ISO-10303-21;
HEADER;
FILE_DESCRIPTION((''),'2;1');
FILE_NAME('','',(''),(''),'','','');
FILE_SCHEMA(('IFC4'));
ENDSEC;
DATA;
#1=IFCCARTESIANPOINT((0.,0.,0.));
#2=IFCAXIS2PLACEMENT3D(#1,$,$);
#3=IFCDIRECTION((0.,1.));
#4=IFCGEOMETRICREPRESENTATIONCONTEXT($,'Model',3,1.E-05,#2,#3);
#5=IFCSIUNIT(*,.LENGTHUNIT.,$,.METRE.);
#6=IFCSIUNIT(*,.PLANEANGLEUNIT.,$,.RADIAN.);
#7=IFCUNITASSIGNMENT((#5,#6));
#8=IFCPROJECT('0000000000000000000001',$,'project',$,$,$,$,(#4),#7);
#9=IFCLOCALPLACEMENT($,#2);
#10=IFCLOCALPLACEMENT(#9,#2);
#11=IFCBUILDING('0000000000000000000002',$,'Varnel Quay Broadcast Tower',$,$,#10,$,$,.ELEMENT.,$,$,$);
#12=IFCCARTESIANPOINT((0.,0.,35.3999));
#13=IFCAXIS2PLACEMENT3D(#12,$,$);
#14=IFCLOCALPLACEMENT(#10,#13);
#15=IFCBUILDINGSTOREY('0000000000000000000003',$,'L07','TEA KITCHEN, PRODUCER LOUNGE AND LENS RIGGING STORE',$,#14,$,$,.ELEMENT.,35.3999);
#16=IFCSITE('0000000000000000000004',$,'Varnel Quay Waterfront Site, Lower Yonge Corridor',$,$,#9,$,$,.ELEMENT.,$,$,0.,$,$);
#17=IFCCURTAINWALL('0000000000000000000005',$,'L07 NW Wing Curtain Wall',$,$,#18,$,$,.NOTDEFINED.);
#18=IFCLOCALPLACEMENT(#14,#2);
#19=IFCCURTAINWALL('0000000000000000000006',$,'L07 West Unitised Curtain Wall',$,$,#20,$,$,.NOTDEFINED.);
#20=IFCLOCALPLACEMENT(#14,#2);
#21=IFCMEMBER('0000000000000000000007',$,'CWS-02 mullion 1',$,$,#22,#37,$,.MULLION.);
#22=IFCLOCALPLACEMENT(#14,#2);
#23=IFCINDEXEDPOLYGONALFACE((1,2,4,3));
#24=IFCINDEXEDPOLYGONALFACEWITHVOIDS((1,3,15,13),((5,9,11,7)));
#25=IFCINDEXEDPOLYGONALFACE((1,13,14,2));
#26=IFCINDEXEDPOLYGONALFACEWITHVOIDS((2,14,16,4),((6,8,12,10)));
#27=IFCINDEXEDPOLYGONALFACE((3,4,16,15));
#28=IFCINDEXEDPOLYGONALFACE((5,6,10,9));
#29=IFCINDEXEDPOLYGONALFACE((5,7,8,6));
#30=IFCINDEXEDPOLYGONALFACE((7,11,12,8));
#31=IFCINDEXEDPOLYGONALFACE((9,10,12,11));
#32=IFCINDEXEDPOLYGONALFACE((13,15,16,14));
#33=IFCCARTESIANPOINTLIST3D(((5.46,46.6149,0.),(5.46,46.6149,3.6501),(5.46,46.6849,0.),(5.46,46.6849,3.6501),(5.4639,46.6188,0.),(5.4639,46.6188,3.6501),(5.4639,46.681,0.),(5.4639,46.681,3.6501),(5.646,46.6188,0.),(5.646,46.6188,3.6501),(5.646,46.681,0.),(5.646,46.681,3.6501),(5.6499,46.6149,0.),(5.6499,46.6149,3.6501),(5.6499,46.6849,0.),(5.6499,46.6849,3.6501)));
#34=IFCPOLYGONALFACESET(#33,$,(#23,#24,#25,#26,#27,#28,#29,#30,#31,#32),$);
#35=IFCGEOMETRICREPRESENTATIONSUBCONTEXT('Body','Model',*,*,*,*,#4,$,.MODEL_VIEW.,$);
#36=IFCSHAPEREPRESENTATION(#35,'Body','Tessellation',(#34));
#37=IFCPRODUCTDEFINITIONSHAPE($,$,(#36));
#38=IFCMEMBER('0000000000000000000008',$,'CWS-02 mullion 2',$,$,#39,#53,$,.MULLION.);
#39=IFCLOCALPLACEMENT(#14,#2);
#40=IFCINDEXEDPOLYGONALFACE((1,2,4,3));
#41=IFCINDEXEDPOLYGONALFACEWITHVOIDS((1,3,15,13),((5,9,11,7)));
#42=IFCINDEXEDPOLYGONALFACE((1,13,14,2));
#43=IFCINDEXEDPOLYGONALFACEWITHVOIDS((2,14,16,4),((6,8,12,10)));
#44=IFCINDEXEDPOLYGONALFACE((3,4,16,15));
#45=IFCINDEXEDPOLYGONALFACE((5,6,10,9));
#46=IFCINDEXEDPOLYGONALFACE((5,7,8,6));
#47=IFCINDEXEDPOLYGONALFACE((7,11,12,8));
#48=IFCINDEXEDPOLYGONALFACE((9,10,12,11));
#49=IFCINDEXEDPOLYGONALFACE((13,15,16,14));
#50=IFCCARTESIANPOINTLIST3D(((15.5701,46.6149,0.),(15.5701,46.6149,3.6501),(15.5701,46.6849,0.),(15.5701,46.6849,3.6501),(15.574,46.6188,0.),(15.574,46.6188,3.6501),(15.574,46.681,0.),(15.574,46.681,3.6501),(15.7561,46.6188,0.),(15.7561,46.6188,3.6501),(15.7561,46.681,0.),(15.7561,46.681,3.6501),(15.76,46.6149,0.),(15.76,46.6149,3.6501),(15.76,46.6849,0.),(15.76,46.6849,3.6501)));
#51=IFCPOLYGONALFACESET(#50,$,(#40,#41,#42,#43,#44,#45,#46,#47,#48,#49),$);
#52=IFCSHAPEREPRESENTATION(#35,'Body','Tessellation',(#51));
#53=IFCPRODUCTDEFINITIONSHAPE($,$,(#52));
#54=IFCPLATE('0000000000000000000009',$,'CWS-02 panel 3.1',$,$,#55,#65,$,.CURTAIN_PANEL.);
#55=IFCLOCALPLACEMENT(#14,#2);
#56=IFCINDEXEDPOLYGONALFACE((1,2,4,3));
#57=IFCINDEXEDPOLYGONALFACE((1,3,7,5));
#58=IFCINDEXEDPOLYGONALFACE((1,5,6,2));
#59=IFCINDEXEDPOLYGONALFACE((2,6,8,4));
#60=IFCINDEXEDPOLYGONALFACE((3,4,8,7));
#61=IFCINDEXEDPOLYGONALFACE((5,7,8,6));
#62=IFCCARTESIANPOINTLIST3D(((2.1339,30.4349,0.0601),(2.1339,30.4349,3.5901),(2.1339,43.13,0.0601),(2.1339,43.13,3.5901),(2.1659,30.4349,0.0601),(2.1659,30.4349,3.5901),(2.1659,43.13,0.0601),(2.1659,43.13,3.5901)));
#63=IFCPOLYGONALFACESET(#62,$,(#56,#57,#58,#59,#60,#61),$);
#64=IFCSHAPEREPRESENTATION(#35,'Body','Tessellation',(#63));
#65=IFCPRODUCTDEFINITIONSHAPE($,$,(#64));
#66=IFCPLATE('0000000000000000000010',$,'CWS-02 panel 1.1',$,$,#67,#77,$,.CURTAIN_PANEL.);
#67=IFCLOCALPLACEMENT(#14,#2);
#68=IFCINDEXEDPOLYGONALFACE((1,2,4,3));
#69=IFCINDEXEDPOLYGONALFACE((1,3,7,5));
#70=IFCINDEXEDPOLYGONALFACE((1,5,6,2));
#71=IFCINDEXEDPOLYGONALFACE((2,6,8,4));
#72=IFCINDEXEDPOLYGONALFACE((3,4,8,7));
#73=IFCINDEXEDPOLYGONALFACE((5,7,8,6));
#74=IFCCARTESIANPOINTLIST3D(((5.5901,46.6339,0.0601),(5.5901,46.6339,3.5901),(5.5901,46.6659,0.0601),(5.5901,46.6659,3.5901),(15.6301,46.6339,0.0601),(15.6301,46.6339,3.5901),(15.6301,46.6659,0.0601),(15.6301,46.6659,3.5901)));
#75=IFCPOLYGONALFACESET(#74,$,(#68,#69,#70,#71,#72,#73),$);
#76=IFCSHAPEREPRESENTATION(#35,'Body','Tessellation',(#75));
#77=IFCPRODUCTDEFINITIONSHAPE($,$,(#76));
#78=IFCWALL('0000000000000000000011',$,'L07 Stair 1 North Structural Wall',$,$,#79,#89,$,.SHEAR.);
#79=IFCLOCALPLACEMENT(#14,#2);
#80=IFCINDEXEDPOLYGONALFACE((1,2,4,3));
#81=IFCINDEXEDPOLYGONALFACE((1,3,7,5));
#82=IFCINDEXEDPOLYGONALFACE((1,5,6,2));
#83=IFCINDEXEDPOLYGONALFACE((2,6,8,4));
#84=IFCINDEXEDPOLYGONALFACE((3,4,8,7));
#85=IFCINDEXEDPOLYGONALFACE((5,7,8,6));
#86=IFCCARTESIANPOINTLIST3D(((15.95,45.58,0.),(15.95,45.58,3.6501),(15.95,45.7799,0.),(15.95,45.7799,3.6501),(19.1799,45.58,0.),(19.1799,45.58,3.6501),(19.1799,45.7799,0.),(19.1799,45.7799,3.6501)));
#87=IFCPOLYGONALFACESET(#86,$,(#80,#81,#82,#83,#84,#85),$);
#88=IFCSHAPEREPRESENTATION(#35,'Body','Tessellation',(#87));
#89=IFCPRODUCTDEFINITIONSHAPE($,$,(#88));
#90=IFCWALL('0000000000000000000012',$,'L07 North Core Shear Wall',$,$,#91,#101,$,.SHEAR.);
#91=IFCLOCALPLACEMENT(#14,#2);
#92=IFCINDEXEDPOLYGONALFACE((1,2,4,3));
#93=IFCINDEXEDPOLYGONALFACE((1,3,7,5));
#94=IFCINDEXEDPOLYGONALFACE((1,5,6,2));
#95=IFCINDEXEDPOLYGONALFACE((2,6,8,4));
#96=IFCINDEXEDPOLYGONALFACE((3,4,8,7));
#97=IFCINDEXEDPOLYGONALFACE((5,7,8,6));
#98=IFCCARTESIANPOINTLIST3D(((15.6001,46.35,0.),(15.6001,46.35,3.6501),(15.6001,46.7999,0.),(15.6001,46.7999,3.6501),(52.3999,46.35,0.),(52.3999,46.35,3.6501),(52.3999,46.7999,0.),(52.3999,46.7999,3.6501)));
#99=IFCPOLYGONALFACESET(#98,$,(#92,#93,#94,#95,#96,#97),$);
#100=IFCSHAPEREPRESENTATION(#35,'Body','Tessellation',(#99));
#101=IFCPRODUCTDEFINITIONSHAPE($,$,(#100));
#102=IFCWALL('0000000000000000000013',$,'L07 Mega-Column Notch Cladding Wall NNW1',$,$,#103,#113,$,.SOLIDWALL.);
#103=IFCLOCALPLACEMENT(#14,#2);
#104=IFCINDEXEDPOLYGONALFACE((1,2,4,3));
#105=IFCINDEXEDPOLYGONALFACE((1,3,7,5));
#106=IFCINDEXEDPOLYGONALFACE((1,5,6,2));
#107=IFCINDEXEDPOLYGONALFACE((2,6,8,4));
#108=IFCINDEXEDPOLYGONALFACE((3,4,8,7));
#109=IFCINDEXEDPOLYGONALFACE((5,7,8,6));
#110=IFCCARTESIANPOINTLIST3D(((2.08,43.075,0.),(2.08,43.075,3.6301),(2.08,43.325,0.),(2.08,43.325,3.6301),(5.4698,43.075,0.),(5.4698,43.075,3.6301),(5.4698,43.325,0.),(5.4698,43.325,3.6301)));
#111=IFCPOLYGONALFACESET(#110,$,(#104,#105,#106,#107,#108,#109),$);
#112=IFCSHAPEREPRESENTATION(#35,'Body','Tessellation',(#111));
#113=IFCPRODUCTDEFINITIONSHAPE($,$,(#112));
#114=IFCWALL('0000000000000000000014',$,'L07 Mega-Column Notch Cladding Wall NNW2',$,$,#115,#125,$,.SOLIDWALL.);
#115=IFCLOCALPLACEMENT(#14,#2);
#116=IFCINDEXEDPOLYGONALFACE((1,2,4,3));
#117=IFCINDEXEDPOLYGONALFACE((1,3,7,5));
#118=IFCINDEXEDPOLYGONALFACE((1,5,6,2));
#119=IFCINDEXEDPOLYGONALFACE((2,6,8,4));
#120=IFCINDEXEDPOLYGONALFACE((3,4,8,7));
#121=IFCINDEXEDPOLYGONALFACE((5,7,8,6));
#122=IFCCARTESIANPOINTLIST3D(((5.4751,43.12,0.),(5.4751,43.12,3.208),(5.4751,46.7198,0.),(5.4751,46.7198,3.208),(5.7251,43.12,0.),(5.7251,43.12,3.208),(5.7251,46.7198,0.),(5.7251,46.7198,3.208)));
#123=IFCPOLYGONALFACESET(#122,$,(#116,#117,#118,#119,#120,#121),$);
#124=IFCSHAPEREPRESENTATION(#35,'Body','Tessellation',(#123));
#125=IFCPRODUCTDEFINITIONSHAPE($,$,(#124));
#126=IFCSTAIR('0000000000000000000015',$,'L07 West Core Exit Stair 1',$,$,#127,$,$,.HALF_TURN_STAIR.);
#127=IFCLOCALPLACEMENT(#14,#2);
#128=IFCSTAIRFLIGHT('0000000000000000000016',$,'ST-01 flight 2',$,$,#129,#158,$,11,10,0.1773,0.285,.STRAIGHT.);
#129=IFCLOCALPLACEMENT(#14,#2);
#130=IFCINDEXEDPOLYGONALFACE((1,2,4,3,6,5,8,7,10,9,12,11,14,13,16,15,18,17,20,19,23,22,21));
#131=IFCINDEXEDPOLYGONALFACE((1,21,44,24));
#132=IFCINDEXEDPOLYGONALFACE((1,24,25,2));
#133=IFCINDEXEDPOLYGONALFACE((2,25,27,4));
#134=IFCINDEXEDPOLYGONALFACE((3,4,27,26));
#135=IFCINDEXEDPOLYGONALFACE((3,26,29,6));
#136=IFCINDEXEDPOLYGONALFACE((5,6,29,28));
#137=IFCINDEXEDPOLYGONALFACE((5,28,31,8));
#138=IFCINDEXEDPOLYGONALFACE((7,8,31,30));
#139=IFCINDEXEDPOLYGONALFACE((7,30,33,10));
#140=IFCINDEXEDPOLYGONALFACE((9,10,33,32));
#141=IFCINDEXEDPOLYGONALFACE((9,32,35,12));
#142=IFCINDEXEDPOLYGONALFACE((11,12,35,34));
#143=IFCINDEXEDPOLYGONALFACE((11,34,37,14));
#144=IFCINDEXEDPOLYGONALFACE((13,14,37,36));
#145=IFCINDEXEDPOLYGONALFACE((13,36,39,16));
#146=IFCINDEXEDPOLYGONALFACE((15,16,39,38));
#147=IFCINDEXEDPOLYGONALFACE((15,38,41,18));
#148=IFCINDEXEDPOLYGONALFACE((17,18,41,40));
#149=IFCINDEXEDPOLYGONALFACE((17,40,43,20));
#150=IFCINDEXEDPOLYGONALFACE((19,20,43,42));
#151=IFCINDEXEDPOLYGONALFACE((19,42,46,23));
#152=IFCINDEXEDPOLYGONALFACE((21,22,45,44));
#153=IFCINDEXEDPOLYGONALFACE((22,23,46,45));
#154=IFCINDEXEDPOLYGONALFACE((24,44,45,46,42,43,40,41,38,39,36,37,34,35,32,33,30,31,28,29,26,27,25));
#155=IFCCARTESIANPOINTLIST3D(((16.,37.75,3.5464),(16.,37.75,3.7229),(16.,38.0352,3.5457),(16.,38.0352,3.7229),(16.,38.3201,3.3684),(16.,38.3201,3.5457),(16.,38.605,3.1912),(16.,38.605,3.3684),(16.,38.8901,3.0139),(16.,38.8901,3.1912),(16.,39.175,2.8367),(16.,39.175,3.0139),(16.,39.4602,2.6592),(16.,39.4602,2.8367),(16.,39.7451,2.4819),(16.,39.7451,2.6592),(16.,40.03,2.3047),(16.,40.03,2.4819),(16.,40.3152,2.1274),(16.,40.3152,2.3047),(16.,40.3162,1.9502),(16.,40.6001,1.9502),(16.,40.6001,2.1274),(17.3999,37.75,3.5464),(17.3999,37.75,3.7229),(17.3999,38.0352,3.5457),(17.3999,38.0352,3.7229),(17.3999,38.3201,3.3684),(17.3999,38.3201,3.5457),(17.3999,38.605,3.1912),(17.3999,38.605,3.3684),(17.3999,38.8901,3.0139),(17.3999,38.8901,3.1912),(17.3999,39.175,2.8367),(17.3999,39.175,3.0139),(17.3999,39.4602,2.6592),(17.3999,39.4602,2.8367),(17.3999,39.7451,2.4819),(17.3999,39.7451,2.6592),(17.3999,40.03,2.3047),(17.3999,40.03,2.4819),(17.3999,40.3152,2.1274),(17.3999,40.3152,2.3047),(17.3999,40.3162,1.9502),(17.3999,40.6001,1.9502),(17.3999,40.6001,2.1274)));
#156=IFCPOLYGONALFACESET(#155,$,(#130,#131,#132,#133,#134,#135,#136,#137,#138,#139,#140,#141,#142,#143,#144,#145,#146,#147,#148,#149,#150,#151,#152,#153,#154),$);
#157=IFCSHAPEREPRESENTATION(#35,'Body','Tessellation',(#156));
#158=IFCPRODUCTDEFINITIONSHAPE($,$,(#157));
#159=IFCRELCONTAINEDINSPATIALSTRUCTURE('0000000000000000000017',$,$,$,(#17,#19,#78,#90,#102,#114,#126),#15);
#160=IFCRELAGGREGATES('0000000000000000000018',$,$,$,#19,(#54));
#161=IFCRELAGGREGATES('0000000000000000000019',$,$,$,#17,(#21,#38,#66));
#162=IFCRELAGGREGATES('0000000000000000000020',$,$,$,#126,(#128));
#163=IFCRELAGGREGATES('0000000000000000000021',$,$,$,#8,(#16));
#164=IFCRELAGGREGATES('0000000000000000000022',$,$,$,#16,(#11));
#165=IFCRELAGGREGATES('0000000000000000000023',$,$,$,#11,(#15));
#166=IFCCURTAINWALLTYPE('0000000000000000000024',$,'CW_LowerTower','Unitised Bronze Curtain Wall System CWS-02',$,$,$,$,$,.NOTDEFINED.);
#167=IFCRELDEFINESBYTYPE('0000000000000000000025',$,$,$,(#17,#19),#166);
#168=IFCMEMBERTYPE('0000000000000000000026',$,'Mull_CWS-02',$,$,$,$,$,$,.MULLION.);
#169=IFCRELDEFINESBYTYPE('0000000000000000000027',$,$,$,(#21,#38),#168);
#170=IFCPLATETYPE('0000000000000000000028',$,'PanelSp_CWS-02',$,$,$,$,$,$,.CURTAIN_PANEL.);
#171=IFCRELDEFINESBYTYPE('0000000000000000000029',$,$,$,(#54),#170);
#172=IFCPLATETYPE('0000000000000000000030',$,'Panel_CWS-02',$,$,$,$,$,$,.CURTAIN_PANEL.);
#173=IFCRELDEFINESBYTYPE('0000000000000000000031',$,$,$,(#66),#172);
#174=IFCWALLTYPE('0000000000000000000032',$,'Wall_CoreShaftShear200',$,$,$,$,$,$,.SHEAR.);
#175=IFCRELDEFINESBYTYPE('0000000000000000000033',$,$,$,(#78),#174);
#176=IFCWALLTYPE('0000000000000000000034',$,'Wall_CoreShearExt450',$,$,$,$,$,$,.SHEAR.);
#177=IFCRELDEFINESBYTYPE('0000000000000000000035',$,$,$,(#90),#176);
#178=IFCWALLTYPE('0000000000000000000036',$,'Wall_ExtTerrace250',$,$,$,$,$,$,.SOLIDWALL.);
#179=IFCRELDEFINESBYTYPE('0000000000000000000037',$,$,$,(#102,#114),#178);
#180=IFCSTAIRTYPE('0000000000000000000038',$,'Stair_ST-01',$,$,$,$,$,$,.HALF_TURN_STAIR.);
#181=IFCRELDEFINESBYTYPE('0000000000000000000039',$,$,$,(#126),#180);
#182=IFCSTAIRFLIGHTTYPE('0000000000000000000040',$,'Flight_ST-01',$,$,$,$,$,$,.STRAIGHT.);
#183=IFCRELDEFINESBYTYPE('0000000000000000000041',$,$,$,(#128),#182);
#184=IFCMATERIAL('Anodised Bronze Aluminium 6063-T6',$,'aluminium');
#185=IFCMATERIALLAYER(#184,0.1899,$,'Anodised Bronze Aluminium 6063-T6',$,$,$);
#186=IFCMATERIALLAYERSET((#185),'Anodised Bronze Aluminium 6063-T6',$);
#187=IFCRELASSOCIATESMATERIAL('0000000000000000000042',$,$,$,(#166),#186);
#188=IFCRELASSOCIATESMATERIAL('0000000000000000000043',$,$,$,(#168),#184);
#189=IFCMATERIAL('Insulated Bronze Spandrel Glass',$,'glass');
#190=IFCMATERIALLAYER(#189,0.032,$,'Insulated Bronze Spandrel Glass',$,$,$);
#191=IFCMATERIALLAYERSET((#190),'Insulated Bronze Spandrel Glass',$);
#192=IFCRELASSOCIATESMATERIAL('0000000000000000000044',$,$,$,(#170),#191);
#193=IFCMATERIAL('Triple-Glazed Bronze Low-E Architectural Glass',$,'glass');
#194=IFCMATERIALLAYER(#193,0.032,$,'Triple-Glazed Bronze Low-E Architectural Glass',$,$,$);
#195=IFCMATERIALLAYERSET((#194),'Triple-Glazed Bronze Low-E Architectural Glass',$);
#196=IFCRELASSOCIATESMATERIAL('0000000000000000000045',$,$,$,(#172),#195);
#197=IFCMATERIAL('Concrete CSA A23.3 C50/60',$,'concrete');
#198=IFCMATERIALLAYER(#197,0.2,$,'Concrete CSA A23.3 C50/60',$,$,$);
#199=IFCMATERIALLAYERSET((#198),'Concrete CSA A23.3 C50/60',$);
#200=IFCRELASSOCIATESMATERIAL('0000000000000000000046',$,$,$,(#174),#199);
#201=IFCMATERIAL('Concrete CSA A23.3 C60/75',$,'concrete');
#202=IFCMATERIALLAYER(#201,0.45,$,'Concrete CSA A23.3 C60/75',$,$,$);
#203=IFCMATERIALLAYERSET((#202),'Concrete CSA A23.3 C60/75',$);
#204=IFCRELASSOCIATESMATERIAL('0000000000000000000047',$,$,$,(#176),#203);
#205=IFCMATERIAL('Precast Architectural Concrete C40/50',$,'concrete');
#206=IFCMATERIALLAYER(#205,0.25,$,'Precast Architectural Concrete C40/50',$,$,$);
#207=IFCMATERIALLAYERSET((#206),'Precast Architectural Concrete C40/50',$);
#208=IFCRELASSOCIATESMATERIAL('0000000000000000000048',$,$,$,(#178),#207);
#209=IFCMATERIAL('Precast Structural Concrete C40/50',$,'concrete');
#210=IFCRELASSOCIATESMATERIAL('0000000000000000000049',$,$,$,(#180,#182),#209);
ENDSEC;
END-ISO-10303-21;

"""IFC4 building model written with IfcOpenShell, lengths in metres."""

from ifc_helpers import new_model, si_unit, direction, frame, frame_2d, origin, origin_2d, place, context, subcontext, project, spatial, polyline, rectangle, hollow_rectangle, outline, extrude, source, transform, mapped, material, layer, layer_set, material_profile, profile_set, type_object, type_shapes, element, aggregate, save


model = new_model("IFC4")

# Units and contexts
model_context = context("Model", 3, precision=1e-05, world=origin(), true_north=direction((0.0, 1.0)))
body_context = subcontext(model_context, "Body", "Model", "MODEL_VIEW")
ifc_project = project(units=[si_unit("LENGTHUNIT", "METRE"), si_unit("PLANEANGLEUNIT", "RADIAN")], contexts=[model_context])

# Site, building, storey
site_placement = place(None, origin())
site = spatial("IfcSite", under=ifc_project, at=site_placement, Name="Varnel Quay Waterfront Site, Lower Yonge Corridor", CompositionType="ELEMENT", RefElevation=0.0)
building_placement = place(site_placement, origin())
building = spatial("IfcBuilding", under=site, at=building_placement, Name="Varnel Quay Broadcast Tower", CompositionType="ELEMENT")
storey_placement = place(building_placement, frame((0.0, 0.0, 35.3999)))
storey = spatial("IfcBuildingStorey", under=building, at=storey_placement, Name="L07", Description="TEA KITCHEN, PRODUCER LOUNGE AND LENS RIGGING STORE", CompositionType="ELEMENT", Elevation=35.3999)

# Curtain wall
ifc_material_1 = material(Name="Anodised Bronze Aluminium 6063-T6", Category="aluminium")
ifc_layer_1 = layer(ifc_material_1, 0.1899, Name="Anodised Bronze Aluminium 6063-T6")
ifc_layer_set_1 = layer_set([ifc_layer_1], Name="Anodised Bronze Aluminium 6063-T6")
curtain_wall_type = type_object("IfcCurtainWallType", Name="CW_LowerTower", Description="Unitised Bronze Curtain Wall System CWS-02", PredefinedType="NOTDEFINED", material=ifc_layer_set_1)
curtain_wall_1_placement = place(storey_placement, origin())
curtain_wall_1 = element("IfcCurtainWall", 1, at=curtain_wall_1_placement, inside=storey, type_object=curtain_wall_type, Name="L07 NW Wing Curtain Wall", PredefinedType="NOTDEFINED")

# Curtain wall
curtain_wall_2_placement = place(storey_placement, origin())
curtain_wall_2 = element("IfcCurtainWall", 2, at=curtain_wall_2_placement, inside=storey, type_object=curtain_wall_type, Name="L07 West Unitised Curtain Wall", PredefinedType="NOTDEFINED")
ifc_material_profile_1 = material_profile(ifc_material_1, hollow_rectangle(XDim=0.0701, YDim=0.1899, WallThickness=0.0039, at=origin_2d()), Name="ALU70X190X4")
ifc_profile_set_1 = profile_set([ifc_material_profile_1], Name="Anodised Bronze Aluminium 6063-T6")
member_type_1 = type_object("IfcMemberType", Name="Mull_CWS-02", PredefinedType="MULLION", material=ifc_profile_set_1)
shared_shape_1 = source(origin(), body_context, "Body", "SweptSolid", [
    extrude(hollow_rectangle(XDim=0.0701, YDim=0.1899, WallThickness=0.0039, at=origin_2d()), origin(), (0.0, 0.0, 1.0), 3.6501),
])
type_shapes(member_type_1, [shared_shape_1])

# Members
member_1_placement = place(storey_placement, frame((5.5549, 46.6499, 0.0), z_axis=(0.0, 0.0, 1.0), x_axis=(0.0, 1.0, 0.0)))
member_1 = element("IfcMember", 3, at=member_1_placement, type_object=member_type_1, Name="CWS-02 mullion 1", PredefinedType="MULLION", context=body_context, shape_type="MappedRepresentation", body=[
    mapped(shared_shape_1, transform((0.0, 0.0, 0.0), x_axis=(1.0, 0.0, 0.0), y_axis=(0.0, 1.0, 0.0), z_axis=(0.0, 0.0, 1.0), scale=1.0)),
])
member_2_placement = place(storey_placement, frame((15.665, 46.6499, 0.0), z_axis=(0.0, 0.0, 1.0), x_axis=(0.0, 1.0, 0.0)))
member_2 = element("IfcMember", 4, at=member_2_placement, type_object=member_type_1, Name="CWS-02 mullion 2", PredefinedType="MULLION", context=body_context, shape_type="MappedRepresentation", body=[
    mapped(shared_shape_1, transform((0.0, 0.0, 0.0), x_axis=(1.0, 0.0, 0.0), y_axis=(0.0, 1.0, 0.0), z_axis=(0.0, 0.0, 1.0), scale=1.0)),
])

# Plates
ifc_material_2 = material(Name="Insulated Bronze Spandrel Glass", Category="glass")
ifc_layer_2 = layer(ifc_material_2, 0.032, Name="Insulated Bronze Spandrel Glass")
ifc_layer_set_2 = layer_set([ifc_layer_2], Name="Insulated Bronze Spandrel Glass")
plate_type_1 = type_object("IfcPlateType", Name="PanelSp_CWS-02", PredefinedType="CURTAIN_PANEL", material=ifc_layer_set_2)
shared_shape_2 = source(origin(), body_context, "Body", "SweptSolid", [
    extrude(rectangle(XDim=12.6951, YDim=0.032, at=origin_2d()), origin(), (0.0, 0.0, 1.0), 3.53),
])
type_shapes(plate_type_1, [shared_shape_2])
plate_1_placement = place(storey_placement, frame((2.1499, 36.7825, 0.0601), z_axis=(0.0, 0.0, 1.0), x_axis=(0.0, 1.0, 0.0)))
plate_1 = element("IfcPlate", 5, at=plate_1_placement, type_object=plate_type_1, Name="CWS-02 panel 3.1", PredefinedType="CURTAIN_PANEL", context=body_context, shape_type="MappedRepresentation", body=[
    mapped(shared_shape_2, transform((0.0, 0.0, 0.0), x_axis=(1.0, 0.0, 0.0), y_axis=(0.0, 1.0, 0.0), z_axis=(0.0, 0.0, 1.0), scale=1.0)),
])
aggregate(curtain_wall_2, [plate_1])
ifc_material_3 = material(Name="Triple-Glazed Bronze Low-E Architectural Glass", Category="glass")
ifc_layer_3 = layer(ifc_material_3, 0.032, Name="Triple-Glazed Bronze Low-E Architectural Glass")
ifc_layer_set_3 = layer_set([ifc_layer_3], Name="Triple-Glazed Bronze Low-E Architectural Glass")
plate_type_2 = type_object("IfcPlateType", Name="Panel_CWS-02", PredefinedType="CURTAIN_PANEL", material=ifc_layer_set_3)
shared_shape_3 = source(origin(), body_context, "Body", "SweptSolid", [
    extrude(rectangle(XDim=10.04, YDim=0.032, at=origin_2d()), origin(), (0.0, 0.0, 1.0), 3.53),
])
type_shapes(plate_type_2, [shared_shape_3])
plate_2_placement = place(storey_placement, frame((10.6101, 46.6499, 0.0601), z_axis=(0.0, 0.0, 1.0), x_axis=(1.0, 0.0, 0.0)))
plate_2 = element("IfcPlate", 6, at=plate_2_placement, type_object=plate_type_2, Name="CWS-02 panel 1.1", PredefinedType="CURTAIN_PANEL", context=body_context, shape_type="MappedRepresentation", body=[
    mapped(shared_shape_3, transform((0.0, 0.0, 0.0), x_axis=(1.0, 0.0, 0.0), y_axis=(0.0, 1.0, 0.0), z_axis=(0.0, 0.0, 1.0), scale=1.0)),
])
aggregate(curtain_wall_1, [member_1, member_2, plate_2])

# Walls
ifc_material_4 = material(Name="Concrete CSA A23.3 C50/60", Category="concrete")
ifc_layer_4 = layer(ifc_material_4, 0.2, Name="Concrete CSA A23.3 C50/60")
ifc_layer_set_4 = layer_set([ifc_layer_4], Name="Concrete CSA A23.3 C50/60")
wall_type_1 = type_object("IfcWallType", Name="Wall_CoreShaftShear200", PredefinedType="SHEAR", material=ifc_layer_set_4)
wall_1_placement = place(storey_placement, frame((15.95, 45.6799, 0.0), z_axis=(0.0, 0.0, 1.0), x_axis=(1.0, 0.0, 0.0)))
element("IfcWall", 7, at=wall_1_placement, inside=storey, type_object=wall_type_1, Name="L07 Stair 1 North Structural Wall", PredefinedType="SHEAR", context=body_context, shape_type="SweptSolid", body=[
    extrude(rectangle(XDim=3.23, YDim=0.2, at=frame_2d((1.615, 0.0))), origin(), (0.0, 0.0, 1.0), 3.6501),
])
ifc_material_5 = material(Name="Concrete CSA A23.3 C60/75", Category="concrete")
ifc_layer_5 = layer(ifc_material_5, 0.45, Name="Concrete CSA A23.3 C60/75")
ifc_layer_set_5 = layer_set([ifc_layer_5], Name="Concrete CSA A23.3 C60/75")
wall_type_2 = type_object("IfcWallType", Name="Wall_CoreShearExt450", PredefinedType="SHEAR", material=ifc_layer_set_5)
wall_2_placement = place(storey_placement, frame((15.6001, 46.575, 0.0), z_axis=(0.0, 0.0, 1.0), x_axis=(1.0, 0.0, 0.0)))
element("IfcWall", 8, at=wall_2_placement, inside=storey, type_object=wall_type_2, Name="L07 North Core Shear Wall", PredefinedType="SHEAR", context=body_context, shape_type="SweptSolid", body=[
    extrude(rectangle(XDim=36.7998, YDim=0.45, at=frame_2d((18.3999, 0.0))), origin(), (0.0, 0.0, 1.0), 3.6501),
])
ifc_material_6 = material(Name="Precast Architectural Concrete C40/50", Category="concrete")
ifc_layer_6 = layer(ifc_material_6, 0.25, Name="Precast Architectural Concrete C40/50")
ifc_layer_set_6 = layer_set([ifc_layer_6], Name="Precast Architectural Concrete C40/50")
wall_type_3 = type_object("IfcWallType", Name="Wall_ExtTerrace250", PredefinedType="SOLIDWALL", material=ifc_layer_set_6)
wall_3_placement = place(storey_placement, frame((2.0801, 43.2, 0.0), z_axis=(0.0, 0.0, 1.0), x_axis=(1.0, 0.0, 0.0)))
element("IfcWall", 9, at=wall_3_placement, inside=storey, type_object=wall_type_3, Name="L07 Mega-Column Notch Cladding Wall NNW1", PredefinedType="SOLIDWALL", context=body_context, shape_type="SweptSolid", body=[
    extrude(rectangle(XDim=3.3899, YDim=0.25, at=frame_2d((1.6948, 0.0))), origin(), (0.0, 0.0, 1.0), 3.6301),
])
wall_4_placement = place(storey_placement, frame((5.6001, 43.1201, 0.0), z_axis=(0.0, 0.0, 1.0), x_axis=(0.0, 1.0, 0.0)))
element("IfcWall", 10, at=wall_4_placement, inside=storey, type_object=wall_type_3, Name="L07 Mega-Column Notch Cladding Wall NNW2", PredefinedType="SOLIDWALL", context=body_context, shape_type="SweptSolid", body=[
    extrude(rectangle(XDim=3.5999, YDim=0.25, at=frame_2d((1.7998, 0.0))), origin(), (0.0, 0.0, 1.0), 3.208),
])

# Stair, stair flight
ifc_material_7 = material(Name="Precast Structural Concrete C40/50", Category="concrete")
stair_type = type_object("IfcStairType", Name="Stair_ST-01", PredefinedType="HALF_TURN_STAIR", material=ifc_material_7)
stair_placement = place(storey_placement, origin())
stair = element("IfcStair", 11, at=stair_placement, inside=storey, type_object=stair_type, Name="L07 West Core Exit Stair 1", PredefinedType="HALF_TURN_STAIR")
stair_flight_type = type_object("IfcStairFlightType", Name="Flight_ST-01", PredefinedType="STRAIGHT", material=ifc_material_7)
stair_flight_placement = place(storey_placement, frame((16.7, 40.6001, 1.9502), z_axis=(0.0, 0.0, 1.0), x_axis=(0.0, -1.0, 0.0)))
stair_flight = element("IfcStairFlight", 12, at=stair_flight_placement, type_object=stair_flight_type, Name="ST-01 flight 2", NumberOfRisers=11, NumberOfTreads=10, PredefinedType="STRAIGHT", RiserHeight=0.1773, TreadLength=0.285, context=body_context, shape_type="SweptSolid", body=[
    extrude(outline(polyline([(0.0, 0.0), (0.0, 0.1772), (0.2849, 0.1772), (0.2849, 0.3545), (0.5701, 0.3545), (0.5701, 0.5317), (0.855, 0.5317), (0.855, 0.709), (1.1399, 0.709), (1.1399, 0.8865), (1.425, 0.8865), (1.425, 1.0637), (1.71, 1.0637), (1.71, 1.241), (1.9951, 1.241), (1.9951, 1.4182), (2.28, 1.4182), (2.28, 1.5955), (2.5649, 1.5955), (2.5649, 1.7727), (2.8501, 1.7727), (2.8501, 1.95), (2.8501, 1.5962), (0.2839, 0.0), (0.0, 0.0)])), frame((0.0, 0.7, 0.0), z_axis=(0.0, -1.0, 0.0), x_axis=(1.0, 0.0, 0.0)), (0.0, 0.0, 1.0), 1.3999),
])
aggregate(stair, [stair_flight])

save(model, "model.ifc")
